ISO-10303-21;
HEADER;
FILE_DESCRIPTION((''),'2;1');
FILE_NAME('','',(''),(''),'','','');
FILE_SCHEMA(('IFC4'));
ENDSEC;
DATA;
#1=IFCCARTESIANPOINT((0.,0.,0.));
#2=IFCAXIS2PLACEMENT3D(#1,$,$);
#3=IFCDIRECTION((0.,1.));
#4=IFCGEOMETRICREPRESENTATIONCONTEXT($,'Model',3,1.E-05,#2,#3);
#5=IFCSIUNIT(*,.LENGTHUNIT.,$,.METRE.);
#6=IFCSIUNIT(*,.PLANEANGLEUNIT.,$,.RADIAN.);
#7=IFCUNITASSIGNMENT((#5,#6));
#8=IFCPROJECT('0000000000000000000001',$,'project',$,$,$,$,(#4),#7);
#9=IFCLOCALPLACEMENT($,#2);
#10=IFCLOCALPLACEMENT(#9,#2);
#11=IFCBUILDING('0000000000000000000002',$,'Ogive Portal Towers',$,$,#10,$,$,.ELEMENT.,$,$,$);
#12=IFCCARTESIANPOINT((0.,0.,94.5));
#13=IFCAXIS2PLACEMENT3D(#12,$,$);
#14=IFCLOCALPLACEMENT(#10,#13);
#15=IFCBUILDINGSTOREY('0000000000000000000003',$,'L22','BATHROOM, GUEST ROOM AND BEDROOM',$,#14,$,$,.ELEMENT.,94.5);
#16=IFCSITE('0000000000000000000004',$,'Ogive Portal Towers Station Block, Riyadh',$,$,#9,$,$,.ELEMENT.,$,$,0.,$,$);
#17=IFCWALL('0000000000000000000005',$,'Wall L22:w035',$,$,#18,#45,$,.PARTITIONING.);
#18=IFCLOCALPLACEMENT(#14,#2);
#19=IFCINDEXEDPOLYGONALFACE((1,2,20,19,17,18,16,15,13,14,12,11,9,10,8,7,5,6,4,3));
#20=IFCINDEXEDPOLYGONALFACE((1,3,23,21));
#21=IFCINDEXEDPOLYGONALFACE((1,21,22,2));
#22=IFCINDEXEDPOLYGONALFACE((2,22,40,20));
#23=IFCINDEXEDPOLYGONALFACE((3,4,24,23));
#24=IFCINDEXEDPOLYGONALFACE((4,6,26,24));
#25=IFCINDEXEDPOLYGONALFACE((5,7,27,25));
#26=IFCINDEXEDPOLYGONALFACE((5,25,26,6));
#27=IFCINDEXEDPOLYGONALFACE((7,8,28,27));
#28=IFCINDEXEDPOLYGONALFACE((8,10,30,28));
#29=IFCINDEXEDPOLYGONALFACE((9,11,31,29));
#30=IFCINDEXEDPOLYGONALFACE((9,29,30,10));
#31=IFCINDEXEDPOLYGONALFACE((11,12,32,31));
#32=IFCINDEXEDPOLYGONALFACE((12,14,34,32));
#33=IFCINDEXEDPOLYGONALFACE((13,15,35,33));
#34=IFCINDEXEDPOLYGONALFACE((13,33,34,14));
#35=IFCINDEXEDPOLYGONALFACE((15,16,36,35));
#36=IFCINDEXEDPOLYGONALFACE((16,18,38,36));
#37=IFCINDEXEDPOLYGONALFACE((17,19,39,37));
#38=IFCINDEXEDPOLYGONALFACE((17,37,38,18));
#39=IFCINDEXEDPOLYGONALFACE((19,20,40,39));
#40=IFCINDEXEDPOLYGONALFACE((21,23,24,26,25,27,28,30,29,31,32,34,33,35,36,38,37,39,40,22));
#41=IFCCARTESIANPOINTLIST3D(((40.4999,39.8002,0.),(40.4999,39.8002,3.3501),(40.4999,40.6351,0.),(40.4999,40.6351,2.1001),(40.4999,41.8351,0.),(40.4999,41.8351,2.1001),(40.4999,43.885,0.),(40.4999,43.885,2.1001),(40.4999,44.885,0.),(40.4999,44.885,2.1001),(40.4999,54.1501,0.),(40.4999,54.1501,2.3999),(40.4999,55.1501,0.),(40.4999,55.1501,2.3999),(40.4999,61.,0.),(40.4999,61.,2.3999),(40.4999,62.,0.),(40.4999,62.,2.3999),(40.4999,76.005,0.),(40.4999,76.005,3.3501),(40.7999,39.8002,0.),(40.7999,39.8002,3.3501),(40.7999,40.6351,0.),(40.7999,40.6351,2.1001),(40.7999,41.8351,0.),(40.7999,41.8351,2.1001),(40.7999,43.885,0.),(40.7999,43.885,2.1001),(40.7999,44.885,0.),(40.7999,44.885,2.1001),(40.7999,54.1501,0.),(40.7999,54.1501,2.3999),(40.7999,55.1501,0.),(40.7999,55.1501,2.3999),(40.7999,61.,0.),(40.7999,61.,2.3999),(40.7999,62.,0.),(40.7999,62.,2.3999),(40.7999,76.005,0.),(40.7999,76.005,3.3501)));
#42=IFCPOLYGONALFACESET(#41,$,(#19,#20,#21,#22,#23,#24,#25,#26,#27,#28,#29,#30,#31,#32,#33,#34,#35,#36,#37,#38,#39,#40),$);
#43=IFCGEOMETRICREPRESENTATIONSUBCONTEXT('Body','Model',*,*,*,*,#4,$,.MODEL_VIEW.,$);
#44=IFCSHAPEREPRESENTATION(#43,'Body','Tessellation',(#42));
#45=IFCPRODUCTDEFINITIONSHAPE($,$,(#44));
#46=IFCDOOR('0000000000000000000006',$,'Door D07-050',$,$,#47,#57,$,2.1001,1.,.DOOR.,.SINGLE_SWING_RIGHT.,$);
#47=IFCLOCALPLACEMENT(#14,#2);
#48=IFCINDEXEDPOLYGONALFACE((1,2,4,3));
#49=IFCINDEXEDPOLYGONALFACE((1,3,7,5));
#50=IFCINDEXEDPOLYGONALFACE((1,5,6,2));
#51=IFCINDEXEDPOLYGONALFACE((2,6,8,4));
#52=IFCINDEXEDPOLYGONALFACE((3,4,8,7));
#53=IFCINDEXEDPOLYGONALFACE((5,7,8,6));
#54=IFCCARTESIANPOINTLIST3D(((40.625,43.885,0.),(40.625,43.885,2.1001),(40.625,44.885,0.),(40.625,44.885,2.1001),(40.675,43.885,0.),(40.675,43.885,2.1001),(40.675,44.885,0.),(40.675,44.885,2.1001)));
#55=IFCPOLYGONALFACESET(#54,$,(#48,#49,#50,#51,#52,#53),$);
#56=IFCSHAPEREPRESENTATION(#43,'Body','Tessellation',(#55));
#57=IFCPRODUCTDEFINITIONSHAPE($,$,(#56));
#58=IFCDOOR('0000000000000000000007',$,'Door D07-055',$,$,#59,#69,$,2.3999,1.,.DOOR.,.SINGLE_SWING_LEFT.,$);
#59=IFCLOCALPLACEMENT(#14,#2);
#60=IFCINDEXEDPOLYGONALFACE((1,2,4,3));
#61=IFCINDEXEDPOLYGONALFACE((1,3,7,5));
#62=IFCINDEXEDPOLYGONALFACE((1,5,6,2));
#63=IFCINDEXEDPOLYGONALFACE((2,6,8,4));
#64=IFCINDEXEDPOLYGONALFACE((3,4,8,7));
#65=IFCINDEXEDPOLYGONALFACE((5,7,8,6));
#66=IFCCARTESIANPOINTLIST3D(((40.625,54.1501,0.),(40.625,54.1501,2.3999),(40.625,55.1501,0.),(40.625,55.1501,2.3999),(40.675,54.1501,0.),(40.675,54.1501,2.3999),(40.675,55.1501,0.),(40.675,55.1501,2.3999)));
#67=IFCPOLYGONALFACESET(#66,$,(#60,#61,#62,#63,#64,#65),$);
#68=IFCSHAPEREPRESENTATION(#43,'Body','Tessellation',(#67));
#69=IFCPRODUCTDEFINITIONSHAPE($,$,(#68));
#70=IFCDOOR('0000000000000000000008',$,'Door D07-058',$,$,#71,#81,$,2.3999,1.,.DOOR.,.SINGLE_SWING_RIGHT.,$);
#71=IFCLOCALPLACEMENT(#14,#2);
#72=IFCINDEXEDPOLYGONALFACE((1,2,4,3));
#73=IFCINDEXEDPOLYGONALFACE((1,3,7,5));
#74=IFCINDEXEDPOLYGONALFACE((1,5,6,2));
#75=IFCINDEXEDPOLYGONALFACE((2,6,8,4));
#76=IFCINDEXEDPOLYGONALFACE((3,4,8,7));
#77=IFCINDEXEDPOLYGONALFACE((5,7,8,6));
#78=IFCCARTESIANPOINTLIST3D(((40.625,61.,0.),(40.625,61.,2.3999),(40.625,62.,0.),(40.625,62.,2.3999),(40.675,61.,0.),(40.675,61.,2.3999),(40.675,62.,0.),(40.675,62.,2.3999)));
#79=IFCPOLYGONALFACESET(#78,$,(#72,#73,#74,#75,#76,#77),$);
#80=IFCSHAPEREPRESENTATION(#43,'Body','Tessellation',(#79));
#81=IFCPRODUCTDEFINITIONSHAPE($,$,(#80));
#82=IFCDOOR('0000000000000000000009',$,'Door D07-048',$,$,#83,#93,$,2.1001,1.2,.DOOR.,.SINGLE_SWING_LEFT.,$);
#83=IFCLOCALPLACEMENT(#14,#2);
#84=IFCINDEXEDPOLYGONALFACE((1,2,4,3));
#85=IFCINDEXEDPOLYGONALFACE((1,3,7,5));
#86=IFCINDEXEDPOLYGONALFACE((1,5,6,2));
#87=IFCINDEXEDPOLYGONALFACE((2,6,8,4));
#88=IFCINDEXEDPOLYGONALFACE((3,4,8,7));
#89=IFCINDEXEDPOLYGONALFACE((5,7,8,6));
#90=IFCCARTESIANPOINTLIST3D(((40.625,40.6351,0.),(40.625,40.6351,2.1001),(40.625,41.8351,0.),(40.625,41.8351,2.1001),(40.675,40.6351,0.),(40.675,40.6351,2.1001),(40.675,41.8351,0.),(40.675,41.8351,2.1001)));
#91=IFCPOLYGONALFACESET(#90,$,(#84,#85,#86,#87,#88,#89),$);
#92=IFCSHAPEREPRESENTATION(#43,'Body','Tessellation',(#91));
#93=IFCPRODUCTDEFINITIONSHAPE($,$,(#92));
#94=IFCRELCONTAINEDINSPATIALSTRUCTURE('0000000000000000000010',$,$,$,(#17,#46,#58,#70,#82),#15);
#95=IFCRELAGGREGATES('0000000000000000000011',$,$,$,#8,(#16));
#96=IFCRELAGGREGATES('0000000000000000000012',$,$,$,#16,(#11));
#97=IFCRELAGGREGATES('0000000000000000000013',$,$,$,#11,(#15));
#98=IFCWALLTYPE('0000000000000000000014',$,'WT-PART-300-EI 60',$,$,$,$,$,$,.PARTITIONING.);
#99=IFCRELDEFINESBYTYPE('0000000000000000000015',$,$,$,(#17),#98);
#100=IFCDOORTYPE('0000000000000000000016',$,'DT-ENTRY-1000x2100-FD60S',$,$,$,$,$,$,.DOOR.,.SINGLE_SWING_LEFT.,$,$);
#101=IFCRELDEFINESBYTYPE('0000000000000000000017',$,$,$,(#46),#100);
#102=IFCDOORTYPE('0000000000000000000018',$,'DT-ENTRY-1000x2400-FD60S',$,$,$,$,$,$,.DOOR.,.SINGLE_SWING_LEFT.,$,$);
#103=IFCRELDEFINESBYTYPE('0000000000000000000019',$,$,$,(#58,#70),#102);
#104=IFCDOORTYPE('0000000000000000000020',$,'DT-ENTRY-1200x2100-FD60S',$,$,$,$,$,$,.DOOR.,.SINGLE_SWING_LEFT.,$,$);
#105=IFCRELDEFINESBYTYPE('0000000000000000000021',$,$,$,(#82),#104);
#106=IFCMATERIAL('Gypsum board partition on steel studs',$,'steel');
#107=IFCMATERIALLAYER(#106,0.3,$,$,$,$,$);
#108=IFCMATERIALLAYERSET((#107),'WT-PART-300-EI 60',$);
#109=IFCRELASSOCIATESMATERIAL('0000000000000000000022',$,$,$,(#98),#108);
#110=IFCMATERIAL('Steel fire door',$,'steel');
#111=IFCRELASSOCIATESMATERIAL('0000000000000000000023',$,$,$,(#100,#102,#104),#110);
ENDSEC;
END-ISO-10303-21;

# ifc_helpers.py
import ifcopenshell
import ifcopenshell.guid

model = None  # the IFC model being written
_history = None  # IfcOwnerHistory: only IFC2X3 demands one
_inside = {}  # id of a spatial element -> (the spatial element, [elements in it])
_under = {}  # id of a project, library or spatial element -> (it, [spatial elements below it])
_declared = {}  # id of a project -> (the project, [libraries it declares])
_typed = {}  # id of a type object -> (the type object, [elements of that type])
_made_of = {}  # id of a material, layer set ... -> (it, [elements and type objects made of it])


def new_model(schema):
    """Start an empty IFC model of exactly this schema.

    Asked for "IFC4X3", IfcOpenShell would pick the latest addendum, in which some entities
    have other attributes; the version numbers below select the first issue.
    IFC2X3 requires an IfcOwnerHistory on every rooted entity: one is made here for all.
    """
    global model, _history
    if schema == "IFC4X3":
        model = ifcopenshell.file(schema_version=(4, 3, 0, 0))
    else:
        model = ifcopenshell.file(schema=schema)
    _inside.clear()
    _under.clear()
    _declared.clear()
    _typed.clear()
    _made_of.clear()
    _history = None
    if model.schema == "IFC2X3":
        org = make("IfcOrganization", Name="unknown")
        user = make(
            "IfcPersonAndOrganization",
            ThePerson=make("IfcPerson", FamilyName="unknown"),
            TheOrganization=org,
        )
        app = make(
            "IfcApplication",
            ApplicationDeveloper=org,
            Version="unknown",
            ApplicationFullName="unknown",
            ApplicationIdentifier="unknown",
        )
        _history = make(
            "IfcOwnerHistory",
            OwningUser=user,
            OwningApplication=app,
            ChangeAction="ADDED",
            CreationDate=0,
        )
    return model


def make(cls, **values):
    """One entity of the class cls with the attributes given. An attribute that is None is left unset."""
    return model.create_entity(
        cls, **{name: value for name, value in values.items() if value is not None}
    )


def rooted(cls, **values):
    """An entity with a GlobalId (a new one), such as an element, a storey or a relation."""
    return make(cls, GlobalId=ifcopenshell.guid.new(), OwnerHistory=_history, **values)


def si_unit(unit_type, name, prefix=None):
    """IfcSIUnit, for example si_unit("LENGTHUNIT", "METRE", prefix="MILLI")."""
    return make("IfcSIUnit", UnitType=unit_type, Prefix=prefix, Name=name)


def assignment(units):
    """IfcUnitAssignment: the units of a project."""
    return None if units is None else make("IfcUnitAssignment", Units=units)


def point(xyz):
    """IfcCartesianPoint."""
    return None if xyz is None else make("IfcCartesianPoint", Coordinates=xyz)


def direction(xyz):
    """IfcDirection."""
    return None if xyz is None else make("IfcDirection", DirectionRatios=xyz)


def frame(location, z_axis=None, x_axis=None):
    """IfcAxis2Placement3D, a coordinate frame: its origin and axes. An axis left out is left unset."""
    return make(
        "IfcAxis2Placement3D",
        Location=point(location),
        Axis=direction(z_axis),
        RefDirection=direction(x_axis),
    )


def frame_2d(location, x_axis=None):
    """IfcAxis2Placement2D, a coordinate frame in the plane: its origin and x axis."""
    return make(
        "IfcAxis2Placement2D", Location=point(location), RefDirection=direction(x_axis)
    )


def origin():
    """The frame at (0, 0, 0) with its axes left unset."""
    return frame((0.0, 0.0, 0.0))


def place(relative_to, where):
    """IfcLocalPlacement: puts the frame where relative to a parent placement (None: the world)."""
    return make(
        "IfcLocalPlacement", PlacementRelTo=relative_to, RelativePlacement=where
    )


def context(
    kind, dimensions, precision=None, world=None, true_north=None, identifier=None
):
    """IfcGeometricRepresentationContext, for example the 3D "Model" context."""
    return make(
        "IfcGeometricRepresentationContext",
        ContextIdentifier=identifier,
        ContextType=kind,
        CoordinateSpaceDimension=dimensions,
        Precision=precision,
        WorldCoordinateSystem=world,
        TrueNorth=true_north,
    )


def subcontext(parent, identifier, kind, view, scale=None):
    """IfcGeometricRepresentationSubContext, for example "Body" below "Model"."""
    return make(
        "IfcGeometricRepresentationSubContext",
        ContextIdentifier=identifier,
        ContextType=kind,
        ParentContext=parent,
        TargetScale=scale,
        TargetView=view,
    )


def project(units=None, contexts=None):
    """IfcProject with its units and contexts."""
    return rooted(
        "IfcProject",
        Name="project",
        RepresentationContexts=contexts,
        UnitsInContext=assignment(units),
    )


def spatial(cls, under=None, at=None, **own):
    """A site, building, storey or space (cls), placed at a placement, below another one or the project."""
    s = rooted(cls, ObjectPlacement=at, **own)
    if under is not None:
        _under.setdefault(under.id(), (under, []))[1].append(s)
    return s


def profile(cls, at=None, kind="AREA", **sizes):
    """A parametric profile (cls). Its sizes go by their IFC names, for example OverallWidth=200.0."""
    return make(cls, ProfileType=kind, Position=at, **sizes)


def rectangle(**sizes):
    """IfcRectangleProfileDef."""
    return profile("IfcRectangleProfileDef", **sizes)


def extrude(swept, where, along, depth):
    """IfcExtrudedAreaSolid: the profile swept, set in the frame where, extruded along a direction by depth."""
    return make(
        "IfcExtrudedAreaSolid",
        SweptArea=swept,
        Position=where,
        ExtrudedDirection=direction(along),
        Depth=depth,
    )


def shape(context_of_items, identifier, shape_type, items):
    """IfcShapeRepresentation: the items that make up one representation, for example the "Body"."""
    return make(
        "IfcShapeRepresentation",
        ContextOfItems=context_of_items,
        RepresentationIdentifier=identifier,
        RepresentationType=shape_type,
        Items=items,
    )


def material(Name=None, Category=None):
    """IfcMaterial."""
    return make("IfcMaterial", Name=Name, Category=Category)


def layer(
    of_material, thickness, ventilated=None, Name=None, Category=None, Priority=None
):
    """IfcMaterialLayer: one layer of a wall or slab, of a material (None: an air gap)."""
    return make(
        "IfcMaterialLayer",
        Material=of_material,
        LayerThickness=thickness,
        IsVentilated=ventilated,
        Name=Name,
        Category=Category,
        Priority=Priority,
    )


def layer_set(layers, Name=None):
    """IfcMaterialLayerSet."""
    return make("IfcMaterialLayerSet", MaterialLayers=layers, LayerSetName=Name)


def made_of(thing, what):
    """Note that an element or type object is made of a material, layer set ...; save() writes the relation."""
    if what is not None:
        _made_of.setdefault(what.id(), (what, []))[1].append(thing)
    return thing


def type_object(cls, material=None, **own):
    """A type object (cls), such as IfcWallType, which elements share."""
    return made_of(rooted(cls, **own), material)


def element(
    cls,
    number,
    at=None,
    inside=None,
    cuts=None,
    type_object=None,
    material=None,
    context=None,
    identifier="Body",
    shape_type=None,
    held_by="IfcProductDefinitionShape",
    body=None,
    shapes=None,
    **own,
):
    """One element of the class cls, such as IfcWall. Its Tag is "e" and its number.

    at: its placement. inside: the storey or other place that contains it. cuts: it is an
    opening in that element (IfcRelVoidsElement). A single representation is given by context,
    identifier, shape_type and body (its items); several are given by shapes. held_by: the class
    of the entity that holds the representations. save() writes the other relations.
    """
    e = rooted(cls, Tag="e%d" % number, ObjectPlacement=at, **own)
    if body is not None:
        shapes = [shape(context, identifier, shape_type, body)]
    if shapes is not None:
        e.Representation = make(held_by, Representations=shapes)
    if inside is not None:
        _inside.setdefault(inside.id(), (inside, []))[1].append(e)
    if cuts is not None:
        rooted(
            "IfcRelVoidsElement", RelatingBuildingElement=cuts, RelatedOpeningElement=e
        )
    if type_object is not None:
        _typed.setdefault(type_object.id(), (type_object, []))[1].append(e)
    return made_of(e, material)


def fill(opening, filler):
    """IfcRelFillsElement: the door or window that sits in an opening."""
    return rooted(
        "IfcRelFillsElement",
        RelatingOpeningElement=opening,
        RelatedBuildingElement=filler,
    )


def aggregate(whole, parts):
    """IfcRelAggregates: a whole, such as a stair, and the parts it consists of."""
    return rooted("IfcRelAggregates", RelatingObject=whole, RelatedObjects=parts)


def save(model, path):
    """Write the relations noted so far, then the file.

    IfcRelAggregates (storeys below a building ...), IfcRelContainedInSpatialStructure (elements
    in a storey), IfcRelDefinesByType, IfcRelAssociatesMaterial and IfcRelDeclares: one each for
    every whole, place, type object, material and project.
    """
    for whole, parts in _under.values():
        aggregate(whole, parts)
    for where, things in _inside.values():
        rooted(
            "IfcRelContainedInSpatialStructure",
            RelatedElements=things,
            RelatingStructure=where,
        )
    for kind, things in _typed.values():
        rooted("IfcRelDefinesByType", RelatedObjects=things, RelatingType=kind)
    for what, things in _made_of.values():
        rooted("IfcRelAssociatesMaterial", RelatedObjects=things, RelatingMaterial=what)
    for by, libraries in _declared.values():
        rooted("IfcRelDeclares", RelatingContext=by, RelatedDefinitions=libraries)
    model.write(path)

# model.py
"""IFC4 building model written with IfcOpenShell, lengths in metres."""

from ifc_helpers import new_model, si_unit, direction, frame, frame_2d, origin, place, context, subcontext, project, spatial, rectangle, extrude, material, layer, layer_set, type_object, element, fill, save


model = new_model("IFC4")

# Units and contexts
model_context = context("Model", 3, precision=1e-05, world=origin(), true_north=direction((0.0, 1.0)))
body_context = subcontext(model_context, "Body", "Model", "MODEL_VIEW")
ifc_project = project(units=[si_unit("LENGTHUNIT", "METRE"), si_unit("PLANEANGLEUNIT", "RADIAN")], contexts=[model_context])

# Site, building, storey
site_placement = place(None, origin())
site = spatial("IfcSite", under=ifc_project, at=site_placement, Name="Ogive Portal Towers Station Block, Riyadh", CompositionType="ELEMENT", RefElevation=0.0)
building_placement = place(site_placement, origin())
building = spatial("IfcBuilding", under=site, at=building_placement, Name="Ogive Portal Towers", CompositionType="ELEMENT")
storey_placement = place(building_placement, frame((0.0, 0.0, 94.5)))
storey = spatial("IfcBuildingStorey", under=building, at=storey_placement, Name="L22", Description="BATHROOM, GUEST ROOM AND BEDROOM", CompositionType="ELEMENT", Elevation=94.5)

# Shared definitions
ifc_material_1 = material(Name="Gypsum board partition on steel studs", Category="steel")
ifc_layer_1 = layer(ifc_material_1, 0.3)
ifc_layer_set_1 = layer_set([ifc_layer_1], Name="WT-PART-300-EI 60")
wall_type_1 = type_object("IfcWallType", Name="WT-PART-300-EI 60", PredefinedType="PARTITIONING", material=ifc_layer_set_1)

# Shared definitions
ifc_material_2 = material(Name="Steel fire door", Category="steel")

# Wall, openings, doors
wall_1_placement = place(storey_placement, frame((40.6499, 39.8, 0.0), z_axis=(0.0, 0.0, 1.0), x_axis=(0.0, 1.0, 0.0)))
wall_1 = element("IfcWall", 1, at=wall_1_placement, inside=storey, type_object=wall_type_1, Name="Wall L22:w035", PredefinedType="PARTITIONING", context=body_context, shape_type="SweptSolid", body=[
    extrude(rectangle(XDim=36.2048, YDim=0.3, at=frame_2d((18.1025, 0.0))), origin(), (0.0, 0.0, 1.0), 3.3501),
])
opening_1_placement = place(wall_1_placement, frame((0.835, 0.0, 0.0)))
opening_1 = element("IfcOpeningElement", 2, at=opening_1_placement, cuts=wall_1, PredefinedType="OPENING", context=body_context, shape_type="SweptSolid", body=[
    extrude(rectangle(XDim=1.2, YDim=2.1001, at=frame_2d((0.6001, 1.05))), frame((0.0, 0.1602, 0.0), z_axis=(0.0, -1.0, 0.0), x_axis=(1.0, 0.0, 0.0)), (0.0, 0.0, 1.0), 0.3201),
])
opening_2_placement = place(wall_1_placement, frame((4.085, 0.0, 0.0)))
opening_2 = element("IfcOpeningElement", 3, at=opening_2_placement, cuts=wall_1, PredefinedType="OPENING", context=body_context, shape_type="SweptSolid", body=[
    extrude(rectangle(XDim=1.0, YDim=2.1001, at=frame_2d((0.5, 1.05))), frame((0.0, 0.1602, 0.0), z_axis=(0.0, -1.0, 0.0), x_axis=(1.0, 0.0, 0.0)), (0.0, 0.0, 1.0), 0.3201),
])
opening_3_placement = place(wall_1_placement, frame((14.3501, 0.0, 0.0)))
opening_3 = element("IfcOpeningElement", 4, at=opening_3_placement, cuts=wall_1, PredefinedType="OPENING", context=body_context, shape_type="SweptSolid", body=[
    extrude(rectangle(XDim=1.0, YDim=2.3999, at=frame_2d((0.5, 1.2))), frame((0.0, 0.1602, 0.0), z_axis=(0.0, -1.0, 0.0), x_axis=(1.0, 0.0, 0.0)), (0.0, 0.0, 1.0), 0.3201),
])
opening_4_placement = place(wall_1_placement, frame((21.2, 0.0, 0.0)))
opening_4 = element("IfcOpeningElement", 5, at=opening_4_placement, cuts=wall_1, PredefinedType="OPENING", context=body_context, shape_type="SweptSolid", body=[
    extrude(rectangle(XDim=1.0, YDim=2.3999, at=frame_2d((0.5, 1.2))), frame((0.0, 0.1602, 0.0), z_axis=(0.0, -1.0, 0.0), x_axis=(1.0, 0.0, 0.0)), (0.0, 0.0, 1.0), 0.3201),
])
door_type_1 = type_object("IfcDoorType", Name="DT-ENTRY-1000x2100-FD60S", OperationType="SINGLE_SWING_LEFT", PredefinedType="DOOR", material=ifc_material_2)
door_1_placement = place(opening_2_placement, origin())
door_1 = element("IfcDoor", 6, at=door_1_placement, inside=storey, type_object=door_type_1, Name="Door D07-050", OperationType="SINGLE_SWING_RIGHT", OverallHeight=2.1001, OverallWidth=1.0, PredefinedType="DOOR", context=body_context, shape_type="SweptSolid", body=[
    extrude(rectangle(XDim=1.0, YDim=2.1001, at=frame_2d((0.5, 1.05))), frame((0.0, 0.0249, 0.0), z_axis=(0.0, -1.0, 0.0), x_axis=(1.0, 0.0, 0.0)), (0.0, 0.0, 1.0), 0.05),
])
fill(opening_2, door_1)
door_type_2 = type_object("IfcDoorType", Name="DT-ENTRY-1000x2400-FD60S", OperationType="SINGLE_SWING_LEFT", PredefinedType="DOOR", material=ifc_material_2)
door_2_placement = place(opening_3_placement, origin())
door_2 = element("IfcDoor", 7, at=door_2_placement, inside=storey, type_object=door_type_2, Name="Door D07-055", OperationType="SINGLE_SWING_LEFT", OverallHeight=2.3999, OverallWidth=1.0, PredefinedType="DOOR", context=body_context, shape_type="SweptSolid", body=[
    extrude(rectangle(XDim=1.0, YDim=2.3999, at=frame_2d((0.5, 1.2))), frame((0.0, 0.0249, 0.0), z_axis=(0.0, -1.0, 0.0), x_axis=(1.0, 0.0, 0.0)), (0.0, 0.0, 1.0), 0.05),
])
fill(opening_3, door_2)
door_3_placement = place(opening_4_placement, origin())
door_3 = element("IfcDoor", 8, at=door_3_placement, inside=storey, type_object=door_type_2, Name="Door D07-058", OperationType="SINGLE_SWING_RIGHT", OverallHeight=2.3999, OverallWidth=1.0, PredefinedType="DOOR", context=body_context, shape_type="SweptSolid", body=[
    extrude(rectangle(XDim=1.0, YDim=2.3999, at=frame_2d((0.5, 1.2))), frame((0.0, 0.0249, 0.0), z_axis=(0.0, -1.0, 0.0), x_axis=(1.0, 0.0, 0.0)), (0.0, 0.0, 1.0), 0.05),
])
fill(opening_4, door_3)
door_type_3 = type_object("IfcDoorType", Name="DT-ENTRY-1200x2100-FD60S", OperationType="SINGLE_SWING_LEFT", PredefinedType="DOOR", material=ifc_material_2)
door_4_placement = place(opening_1_placement, origin())
door_4 = element("IfcDoor", 9, at=door_4_placement, inside=storey, type_object=door_type_3, Name="Door D07-048", OperationType="SINGLE_SWING_LEFT", OverallHeight=2.1001, OverallWidth=1.2, PredefinedType="DOOR", context=body_context, shape_type="SweptSolid", body=[
    extrude(rectangle(XDim=1.2, YDim=2.1001, at=frame_2d((0.6001, 1.05))), frame((0.0, 0.0249, 0.0), z_axis=(0.0, -1.0, 0.0), x_axis=(1.0, 0.0, 0.0)), (0.0, 0.0, 1.0), 0.05),
])
fill(opening_1, door_4)

save(model, "model.ifc")
